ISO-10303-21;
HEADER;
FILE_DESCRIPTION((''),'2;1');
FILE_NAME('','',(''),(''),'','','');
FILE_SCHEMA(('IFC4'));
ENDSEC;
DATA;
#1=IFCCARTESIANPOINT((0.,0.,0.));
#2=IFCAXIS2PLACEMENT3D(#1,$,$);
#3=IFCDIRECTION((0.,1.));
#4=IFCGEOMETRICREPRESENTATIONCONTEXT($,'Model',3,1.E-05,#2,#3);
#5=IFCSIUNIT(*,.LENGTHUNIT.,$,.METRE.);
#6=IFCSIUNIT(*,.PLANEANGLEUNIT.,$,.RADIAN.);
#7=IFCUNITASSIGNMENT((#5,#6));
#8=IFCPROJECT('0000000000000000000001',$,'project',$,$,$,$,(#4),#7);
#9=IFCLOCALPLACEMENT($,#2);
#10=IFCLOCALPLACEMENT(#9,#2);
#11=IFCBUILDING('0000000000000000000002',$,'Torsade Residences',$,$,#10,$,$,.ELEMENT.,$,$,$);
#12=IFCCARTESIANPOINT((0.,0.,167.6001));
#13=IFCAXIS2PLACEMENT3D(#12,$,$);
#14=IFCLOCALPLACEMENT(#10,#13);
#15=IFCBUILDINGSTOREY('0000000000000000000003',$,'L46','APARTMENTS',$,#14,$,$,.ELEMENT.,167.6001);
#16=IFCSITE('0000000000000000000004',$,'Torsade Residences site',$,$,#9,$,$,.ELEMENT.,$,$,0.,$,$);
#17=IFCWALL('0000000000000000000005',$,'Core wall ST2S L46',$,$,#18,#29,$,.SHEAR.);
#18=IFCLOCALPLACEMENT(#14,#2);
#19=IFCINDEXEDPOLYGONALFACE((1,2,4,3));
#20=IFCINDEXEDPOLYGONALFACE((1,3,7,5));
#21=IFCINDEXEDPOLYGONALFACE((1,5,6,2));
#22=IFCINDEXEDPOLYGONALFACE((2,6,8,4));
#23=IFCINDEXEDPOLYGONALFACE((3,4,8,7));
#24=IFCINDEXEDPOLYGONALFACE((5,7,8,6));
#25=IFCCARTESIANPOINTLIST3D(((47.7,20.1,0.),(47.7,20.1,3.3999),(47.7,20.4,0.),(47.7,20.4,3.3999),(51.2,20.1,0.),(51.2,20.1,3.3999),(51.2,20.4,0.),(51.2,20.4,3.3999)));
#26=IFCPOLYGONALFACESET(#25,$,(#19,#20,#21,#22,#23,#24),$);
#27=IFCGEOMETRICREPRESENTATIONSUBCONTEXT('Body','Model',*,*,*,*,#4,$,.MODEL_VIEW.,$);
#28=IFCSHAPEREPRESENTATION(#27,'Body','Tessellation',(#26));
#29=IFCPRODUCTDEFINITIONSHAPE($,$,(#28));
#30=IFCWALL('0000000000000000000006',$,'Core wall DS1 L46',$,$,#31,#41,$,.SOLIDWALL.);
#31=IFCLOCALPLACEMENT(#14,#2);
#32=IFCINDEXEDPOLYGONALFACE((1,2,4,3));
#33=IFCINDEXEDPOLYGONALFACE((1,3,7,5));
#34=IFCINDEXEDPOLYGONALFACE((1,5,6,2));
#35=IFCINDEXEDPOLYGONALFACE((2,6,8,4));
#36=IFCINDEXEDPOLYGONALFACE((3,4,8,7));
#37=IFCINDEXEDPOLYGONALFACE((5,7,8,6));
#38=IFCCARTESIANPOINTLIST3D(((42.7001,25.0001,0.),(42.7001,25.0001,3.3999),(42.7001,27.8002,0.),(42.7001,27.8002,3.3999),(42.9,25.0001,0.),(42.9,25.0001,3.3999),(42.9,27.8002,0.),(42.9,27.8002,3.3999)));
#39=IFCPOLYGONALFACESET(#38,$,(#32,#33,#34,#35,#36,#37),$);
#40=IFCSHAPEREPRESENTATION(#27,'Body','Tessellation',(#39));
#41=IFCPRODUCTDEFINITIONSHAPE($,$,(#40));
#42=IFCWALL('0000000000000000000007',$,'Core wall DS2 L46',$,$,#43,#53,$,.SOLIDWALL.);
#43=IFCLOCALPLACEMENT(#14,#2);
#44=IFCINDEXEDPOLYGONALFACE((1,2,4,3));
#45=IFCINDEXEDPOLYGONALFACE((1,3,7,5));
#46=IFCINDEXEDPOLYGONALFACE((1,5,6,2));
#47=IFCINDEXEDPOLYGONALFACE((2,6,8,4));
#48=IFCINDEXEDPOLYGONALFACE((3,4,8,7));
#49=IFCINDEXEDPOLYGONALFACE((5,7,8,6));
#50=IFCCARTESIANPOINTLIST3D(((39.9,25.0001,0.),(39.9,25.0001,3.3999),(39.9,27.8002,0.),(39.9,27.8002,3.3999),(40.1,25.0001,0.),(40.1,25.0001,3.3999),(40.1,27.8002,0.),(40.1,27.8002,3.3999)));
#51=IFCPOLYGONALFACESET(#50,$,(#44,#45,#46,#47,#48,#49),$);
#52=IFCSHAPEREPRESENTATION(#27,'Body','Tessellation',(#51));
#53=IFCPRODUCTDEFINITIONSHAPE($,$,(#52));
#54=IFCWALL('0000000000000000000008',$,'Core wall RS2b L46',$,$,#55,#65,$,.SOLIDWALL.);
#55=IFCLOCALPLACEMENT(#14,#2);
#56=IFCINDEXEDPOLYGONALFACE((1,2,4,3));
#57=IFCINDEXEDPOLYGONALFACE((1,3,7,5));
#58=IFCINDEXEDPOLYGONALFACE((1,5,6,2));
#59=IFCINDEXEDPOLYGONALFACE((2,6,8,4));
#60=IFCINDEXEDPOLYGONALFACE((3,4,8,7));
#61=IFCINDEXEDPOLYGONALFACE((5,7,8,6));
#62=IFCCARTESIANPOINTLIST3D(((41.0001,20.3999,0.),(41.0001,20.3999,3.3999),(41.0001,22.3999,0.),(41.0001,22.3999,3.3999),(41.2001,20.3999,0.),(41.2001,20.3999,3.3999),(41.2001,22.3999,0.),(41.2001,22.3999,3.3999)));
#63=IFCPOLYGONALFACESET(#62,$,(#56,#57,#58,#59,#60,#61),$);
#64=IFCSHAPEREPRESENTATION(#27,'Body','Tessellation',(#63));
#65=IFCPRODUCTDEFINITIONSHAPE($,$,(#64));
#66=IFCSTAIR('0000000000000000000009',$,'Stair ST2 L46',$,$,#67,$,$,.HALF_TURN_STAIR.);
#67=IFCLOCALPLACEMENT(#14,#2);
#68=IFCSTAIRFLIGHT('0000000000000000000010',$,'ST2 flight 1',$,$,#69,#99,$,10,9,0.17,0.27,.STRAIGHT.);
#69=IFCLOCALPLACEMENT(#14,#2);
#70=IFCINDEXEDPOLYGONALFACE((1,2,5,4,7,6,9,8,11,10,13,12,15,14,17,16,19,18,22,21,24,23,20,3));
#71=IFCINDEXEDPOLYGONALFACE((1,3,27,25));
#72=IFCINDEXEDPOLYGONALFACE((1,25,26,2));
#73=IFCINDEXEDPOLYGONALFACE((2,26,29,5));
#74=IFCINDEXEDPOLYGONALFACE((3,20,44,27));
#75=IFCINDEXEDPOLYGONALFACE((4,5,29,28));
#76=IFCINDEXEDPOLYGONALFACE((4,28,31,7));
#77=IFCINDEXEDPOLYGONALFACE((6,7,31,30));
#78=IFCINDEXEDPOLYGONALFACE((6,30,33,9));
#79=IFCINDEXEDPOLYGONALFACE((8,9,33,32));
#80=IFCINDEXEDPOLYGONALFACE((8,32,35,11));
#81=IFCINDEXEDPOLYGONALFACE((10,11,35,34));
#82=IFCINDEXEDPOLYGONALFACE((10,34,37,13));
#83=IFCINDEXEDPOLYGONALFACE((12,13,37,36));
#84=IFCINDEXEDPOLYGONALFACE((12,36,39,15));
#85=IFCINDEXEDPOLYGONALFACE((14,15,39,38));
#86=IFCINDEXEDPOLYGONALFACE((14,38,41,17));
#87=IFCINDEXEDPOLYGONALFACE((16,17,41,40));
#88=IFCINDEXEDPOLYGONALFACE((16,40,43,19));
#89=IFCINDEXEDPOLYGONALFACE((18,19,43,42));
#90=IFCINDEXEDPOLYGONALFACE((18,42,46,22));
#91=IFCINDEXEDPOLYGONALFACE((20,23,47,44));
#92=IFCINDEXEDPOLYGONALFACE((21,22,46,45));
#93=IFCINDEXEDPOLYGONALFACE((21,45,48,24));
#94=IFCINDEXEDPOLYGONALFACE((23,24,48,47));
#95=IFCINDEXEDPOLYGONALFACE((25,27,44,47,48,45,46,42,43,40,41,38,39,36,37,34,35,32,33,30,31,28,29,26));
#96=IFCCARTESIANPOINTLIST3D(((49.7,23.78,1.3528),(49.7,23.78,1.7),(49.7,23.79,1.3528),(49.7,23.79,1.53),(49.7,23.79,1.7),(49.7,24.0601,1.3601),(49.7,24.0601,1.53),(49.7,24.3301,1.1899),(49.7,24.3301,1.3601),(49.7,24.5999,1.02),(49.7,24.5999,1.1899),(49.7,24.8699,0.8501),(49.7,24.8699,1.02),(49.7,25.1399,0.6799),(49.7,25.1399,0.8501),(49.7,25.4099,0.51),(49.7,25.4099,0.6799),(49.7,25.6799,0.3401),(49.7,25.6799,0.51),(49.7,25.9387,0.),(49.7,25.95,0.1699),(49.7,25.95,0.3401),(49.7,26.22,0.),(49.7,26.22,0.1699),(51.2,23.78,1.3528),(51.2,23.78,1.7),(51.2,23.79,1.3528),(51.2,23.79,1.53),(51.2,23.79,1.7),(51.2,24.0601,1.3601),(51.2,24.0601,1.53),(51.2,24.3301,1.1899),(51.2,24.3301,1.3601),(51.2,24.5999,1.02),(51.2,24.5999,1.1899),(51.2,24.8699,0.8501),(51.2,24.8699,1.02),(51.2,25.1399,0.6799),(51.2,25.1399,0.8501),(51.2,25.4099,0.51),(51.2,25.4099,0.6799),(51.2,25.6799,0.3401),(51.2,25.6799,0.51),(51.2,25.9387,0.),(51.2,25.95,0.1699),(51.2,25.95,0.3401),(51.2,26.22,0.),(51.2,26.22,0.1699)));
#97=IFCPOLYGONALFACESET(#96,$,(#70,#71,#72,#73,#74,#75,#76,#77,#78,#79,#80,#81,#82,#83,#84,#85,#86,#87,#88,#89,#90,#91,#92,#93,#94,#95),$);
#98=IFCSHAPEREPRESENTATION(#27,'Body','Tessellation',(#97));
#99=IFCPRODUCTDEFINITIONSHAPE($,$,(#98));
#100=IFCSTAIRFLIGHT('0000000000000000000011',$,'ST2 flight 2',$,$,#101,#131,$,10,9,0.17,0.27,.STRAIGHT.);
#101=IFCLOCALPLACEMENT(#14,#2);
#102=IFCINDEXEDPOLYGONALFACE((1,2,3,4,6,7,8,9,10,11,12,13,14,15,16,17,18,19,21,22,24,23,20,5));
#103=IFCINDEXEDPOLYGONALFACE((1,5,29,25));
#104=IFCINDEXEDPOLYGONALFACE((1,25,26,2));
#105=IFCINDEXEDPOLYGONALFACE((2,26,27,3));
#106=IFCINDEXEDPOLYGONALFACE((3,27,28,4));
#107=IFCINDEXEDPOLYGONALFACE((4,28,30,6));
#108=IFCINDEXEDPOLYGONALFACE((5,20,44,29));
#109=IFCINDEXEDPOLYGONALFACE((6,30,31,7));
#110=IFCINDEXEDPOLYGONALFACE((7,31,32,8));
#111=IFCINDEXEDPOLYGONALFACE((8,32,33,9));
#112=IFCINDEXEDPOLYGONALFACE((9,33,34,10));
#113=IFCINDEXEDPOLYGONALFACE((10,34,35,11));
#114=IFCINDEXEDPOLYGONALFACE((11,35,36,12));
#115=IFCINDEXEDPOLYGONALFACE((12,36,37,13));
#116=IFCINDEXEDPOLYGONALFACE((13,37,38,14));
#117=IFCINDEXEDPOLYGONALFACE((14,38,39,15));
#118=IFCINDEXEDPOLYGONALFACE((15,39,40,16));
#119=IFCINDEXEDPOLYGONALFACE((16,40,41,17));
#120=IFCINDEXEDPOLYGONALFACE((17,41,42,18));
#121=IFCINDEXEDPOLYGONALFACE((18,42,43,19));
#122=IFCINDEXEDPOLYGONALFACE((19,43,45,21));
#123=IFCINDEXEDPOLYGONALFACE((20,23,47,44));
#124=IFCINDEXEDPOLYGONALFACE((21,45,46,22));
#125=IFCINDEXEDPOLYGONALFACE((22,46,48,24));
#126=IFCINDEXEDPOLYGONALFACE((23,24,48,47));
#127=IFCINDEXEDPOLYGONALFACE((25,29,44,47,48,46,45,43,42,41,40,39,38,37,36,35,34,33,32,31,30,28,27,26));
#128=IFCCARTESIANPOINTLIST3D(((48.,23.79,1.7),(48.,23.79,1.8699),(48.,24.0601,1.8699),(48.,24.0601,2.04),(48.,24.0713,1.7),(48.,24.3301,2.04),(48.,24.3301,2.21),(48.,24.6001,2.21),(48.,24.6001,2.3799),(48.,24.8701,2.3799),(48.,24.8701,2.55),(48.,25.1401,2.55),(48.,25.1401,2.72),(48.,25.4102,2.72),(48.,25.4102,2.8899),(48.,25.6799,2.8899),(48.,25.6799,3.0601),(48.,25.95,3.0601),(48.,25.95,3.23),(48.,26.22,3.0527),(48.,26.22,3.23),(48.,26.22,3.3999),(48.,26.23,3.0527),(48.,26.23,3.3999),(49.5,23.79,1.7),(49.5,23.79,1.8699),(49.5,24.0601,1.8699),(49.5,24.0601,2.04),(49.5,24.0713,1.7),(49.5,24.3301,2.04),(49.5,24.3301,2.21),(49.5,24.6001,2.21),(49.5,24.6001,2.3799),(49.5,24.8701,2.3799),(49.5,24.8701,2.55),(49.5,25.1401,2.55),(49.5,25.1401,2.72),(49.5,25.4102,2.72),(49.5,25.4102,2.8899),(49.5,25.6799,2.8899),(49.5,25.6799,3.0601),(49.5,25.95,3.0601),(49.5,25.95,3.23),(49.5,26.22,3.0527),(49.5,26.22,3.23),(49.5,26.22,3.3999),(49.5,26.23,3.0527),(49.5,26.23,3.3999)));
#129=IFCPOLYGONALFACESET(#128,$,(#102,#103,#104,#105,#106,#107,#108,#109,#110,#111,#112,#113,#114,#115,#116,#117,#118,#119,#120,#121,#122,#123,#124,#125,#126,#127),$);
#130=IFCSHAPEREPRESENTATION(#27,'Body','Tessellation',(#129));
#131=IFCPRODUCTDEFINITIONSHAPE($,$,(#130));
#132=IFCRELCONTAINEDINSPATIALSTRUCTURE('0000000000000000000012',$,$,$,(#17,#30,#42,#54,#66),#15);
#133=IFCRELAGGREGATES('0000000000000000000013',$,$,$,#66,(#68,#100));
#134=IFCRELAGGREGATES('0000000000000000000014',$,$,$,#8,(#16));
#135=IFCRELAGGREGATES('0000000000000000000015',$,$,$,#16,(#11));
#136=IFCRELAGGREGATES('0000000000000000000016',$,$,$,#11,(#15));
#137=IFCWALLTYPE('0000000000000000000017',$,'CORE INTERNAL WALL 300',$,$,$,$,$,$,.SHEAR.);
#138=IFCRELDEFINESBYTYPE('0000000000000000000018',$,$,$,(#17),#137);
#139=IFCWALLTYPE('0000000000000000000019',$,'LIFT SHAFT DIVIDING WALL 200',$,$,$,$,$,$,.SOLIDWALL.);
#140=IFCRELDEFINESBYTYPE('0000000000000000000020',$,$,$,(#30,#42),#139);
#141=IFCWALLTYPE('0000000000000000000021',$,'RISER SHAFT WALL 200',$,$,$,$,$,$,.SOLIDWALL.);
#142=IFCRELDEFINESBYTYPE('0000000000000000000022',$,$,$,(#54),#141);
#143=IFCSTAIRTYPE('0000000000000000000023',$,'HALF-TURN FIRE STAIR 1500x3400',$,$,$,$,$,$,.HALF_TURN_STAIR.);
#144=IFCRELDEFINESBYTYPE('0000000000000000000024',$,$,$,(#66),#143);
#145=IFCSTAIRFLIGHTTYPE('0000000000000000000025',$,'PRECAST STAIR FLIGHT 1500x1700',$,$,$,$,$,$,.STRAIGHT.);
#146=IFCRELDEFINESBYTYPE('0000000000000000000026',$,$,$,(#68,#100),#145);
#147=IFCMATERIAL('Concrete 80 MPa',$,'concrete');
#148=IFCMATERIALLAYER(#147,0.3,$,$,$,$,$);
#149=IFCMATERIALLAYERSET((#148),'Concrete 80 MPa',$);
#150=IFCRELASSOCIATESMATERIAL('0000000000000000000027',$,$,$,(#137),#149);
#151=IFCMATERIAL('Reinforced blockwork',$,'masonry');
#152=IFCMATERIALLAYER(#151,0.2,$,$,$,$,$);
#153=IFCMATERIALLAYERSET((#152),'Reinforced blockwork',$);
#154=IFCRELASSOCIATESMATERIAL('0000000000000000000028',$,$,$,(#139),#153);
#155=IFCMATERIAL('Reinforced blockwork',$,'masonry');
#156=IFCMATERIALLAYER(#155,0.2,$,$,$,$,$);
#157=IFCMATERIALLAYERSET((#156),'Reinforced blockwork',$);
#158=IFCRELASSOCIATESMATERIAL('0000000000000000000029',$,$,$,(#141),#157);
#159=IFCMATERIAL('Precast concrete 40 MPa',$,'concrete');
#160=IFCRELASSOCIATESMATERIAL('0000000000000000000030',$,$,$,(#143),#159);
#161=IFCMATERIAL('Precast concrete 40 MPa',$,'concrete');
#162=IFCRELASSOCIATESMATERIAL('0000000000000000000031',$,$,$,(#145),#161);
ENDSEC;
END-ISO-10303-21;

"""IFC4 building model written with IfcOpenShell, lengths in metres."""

from ifc_helpers import new_model, si_unit, direction, frame, frame_2d, origin, place, context, subcontext, project, spatial, polyline, rectangle, outline, extrude, material, layer, layer_set, type_object, element, aggregate, save


model = new_model("IFC4")

# Units and contexts
model_context = context("Model", 3, precision=1e-05, world=origin(), true_north=direction((0.0, 1.0)))
body_context = subcontext(model_context, "Body", "Model", "MODEL_VIEW")
ifc_project = project(units=[si_unit("LENGTHUNIT", "METRE"), si_unit("PLANEANGLEUNIT", "RADIAN")], contexts=[model_context])

# Site, building, storey
site_placement = place(None, origin())
site = spatial("IfcSite", under=ifc_project, at=site_placement, Name="Torsade Residences site", CompositionType="ELEMENT", RefElevation=0.0)
building_placement = place(site_placement, origin())
building = spatial("IfcBuilding", under=site, at=building_placement, Name="Torsade Residences", CompositionType="ELEMENT")
storey_placement = place(building_placement, frame((0.0, 0.0, 167.6001)))
storey = spatial("IfcBuildingStorey", under=building, at=storey_placement, Name="L46", Description="APARTMENTS", CompositionType="ELEMENT", Elevation=167.6001)

# Shared definitions
ifc_material_1 = material(Name="Concrete 80 MPa", Category="concrete")
ifc_layer_1 = layer(ifc_material_1, 0.3)
ifc_layer_set_1 = layer_set([ifc_layer_1], Name="Concrete 80 MPa")
wall_type_1 = type_object("IfcWallType", Name="CORE INTERNAL WALL 300", PredefinedType="SHEAR", material=ifc_layer_set_1)

# Walls
wall_1_placement = place(storey_placement, frame((51.2, 20.25, 0.0), z_axis=(0.0, 0.0, 1.0), x_axis=(-1.0, 0.0, 0.0)))
element("IfcWall", 1, at=wall_1_placement, inside=storey, type_object=wall_type_1, Name="Core wall ST2S L46", PredefinedType="SHEAR", context=body_context, shape_type="SweptSolid", body=[
    extrude(rectangle(XDim=3.5, YDim=0.3, at=frame_2d((1.75, 0.0))), origin(), (0.0, 0.0, 1.0), 3.3999),
])
ifc_material_2 = material(Name="Reinforced blockwork", Category="masonry")
ifc_layer_2 = layer(ifc_material_2, 0.2)
ifc_layer_set_2 = layer_set([ifc_layer_2], Name="Reinforced blockwork")
wall_type_2 = type_object("IfcWallType", Name="LIFT SHAFT DIVIDING WALL 200", PredefinedType="SOLIDWALL", material=ifc_layer_set_2)
for number, where, z_axis, x_axis, name in (
    (2, (42.8, 27.8, 0.0), (0.0, 0.0, 1.0), (0.0, -1.0, 0.0), "Core wall DS1 L46"),
    (3, (40.0, 27.8, 0.0), (0.0, 0.0, 1.0), (0.0, -1.0, 0.0), "Core wall DS2 L46"),
):
    element("IfcWall", number, at=place(storey_placement, frame(where, z_axis=z_axis, x_axis=x_axis)), inside=storey, type_object=wall_type_2, Name=name, PredefinedType="SOLIDWALL", context=body_context, shape_type="SweptSolid", body=[
        extrude(rectangle(XDim=2.8, YDim=0.2, at=frame_2d((1.3999, 0.0))), origin(), (0.0, 0.0, 1.0), 3.3999),
    ])
ifc_material_3 = material(Name="Reinforced blockwork", Category="masonry")
ifc_layer_3 = layer(ifc_material_3, 0.2)
ifc_layer_set_3 = layer_set([ifc_layer_3], Name="Reinforced blockwork")
wall_type_3 = type_object("IfcWallType", Name="RISER SHAFT WALL 200", PredefinedType="SOLIDWALL", material=ifc_layer_set_3)
wall_2_placement = place(storey_placement, frame((41.1001, 22.3999, 0.0), z_axis=(0.0, 0.0, 1.0), x_axis=(0.0, -1.0, 0.0)))
element("IfcWall", 4, at=wall_2_placement, inside=storey, type_object=wall_type_3, Name="Core wall RS2b L46", PredefinedType="SOLIDWALL", context=body_context, shape_type="SweptSolid", body=[
    extrude(rectangle(XDim=2.0, YDim=0.2, at=frame_2d((1.0, 0.0))), origin(), (0.0, 0.0, 1.0), 3.3999),
])

# Stair, stair flights
ifc_material_4 = material(Name="Precast concrete 40 MPa", Category="concrete")
stair_type = type_object("IfcStairType", Name="HALF-TURN FIRE STAIR 1500x3400", PredefinedType="HALF_TURN_STAIR", material=ifc_material_4)
stair_placement = place(storey_placement, origin())
stair = element("IfcStair", 5, at=stair_placement, inside=storey, type_object=stair_type, Name="Stair ST2 L46", PredefinedType="HALF_TURN_STAIR")
ifc_material_5 = material(Name="Precast concrete 40 MPa", Category="concrete")
stair_flight_type = type_object("IfcStairFlightType", Name="PRECAST STAIR FLIGHT 1500x1700", PredefinedType="STRAIGHT", material=ifc_material_5)
stair_flight_1_placement = place(storey_placement, frame((50.45, 26.22, 0.0), z_axis=(0.0, 0.0, 1.0), x_axis=(0.0, -1.0, 0.0)))
stair_flight_1 = element("IfcStairFlight", 6, at=stair_flight_1_placement, type_object=stair_flight_type, Name="ST2 flight 1", NumberOfRisers=10, NumberOfTreads=9, PredefinedType="STRAIGHT", RiserHeight=0.17, TreadLength=0.27, context=body_context, shape_type="SweptSolid", body=[
    extrude(outline(polyline([(0.0, 0.0), (0.0, 0.1699), (0.27, 0.1699), (0.27, 0.3401), (0.54, 0.3401), (0.54, 0.51), (0.8101, 0.51), (0.8101, 0.6799), (1.0801, 0.6799), (1.0801, 0.8501), (1.3501, 0.8501), (1.3501, 1.02), (1.6201, 1.02), (1.6201, 1.1899), (1.8899, 1.1899), (1.8899, 1.3601), (2.1599, 1.3601), (2.1599, 1.53), (2.4299, 1.53), (2.4299, 1.7), (2.4399, 1.7), (2.4399, 1.3528), (2.4299, 1.3528), (0.2812, 0.0), (0.0, 0.0)])), frame((0.0, 0.75, 0.0), z_axis=(0.0, -1.0, 0.0), x_axis=(1.0, 0.0, 0.0)), (0.0, 0.0, 1.0), 1.5),
])
stair_flight_2_placement = place(storey_placement, frame((48.75, 23.79, 1.7), z_axis=(0.0, 0.0, 1.0), x_axis=(0.0, 1.0, 0.0)))
stair_flight_2 = element("IfcStairFlight", 7, at=stair_flight_2_placement, type_object=stair_flight_type, Name="ST2 flight 2", NumberOfRisers=10, NumberOfTreads=9, PredefinedType="STRAIGHT", RiserHeight=0.17, TreadLength=0.27, context=body_context, shape_type="SweptSolid", body=[
    extrude(outline(polyline([(0.0, 0.0), (0.0, 0.1699), (0.27, 0.1699), (0.27, 0.3401), (0.54, 0.3401), (0.54, 0.51), (0.8101, 0.51), (0.8101, 0.6799), (1.0801, 0.6799), (1.0801, 0.8501), (1.3501, 0.8501), (1.3501, 1.02), (1.6201, 1.02), (1.6201, 1.1899), (1.8899, 1.1899), (1.8899, 1.3601), (2.1599, 1.3601), (2.1599, 1.53), (2.4299, 1.53), (2.4299, 1.7), (2.4399, 1.7), (2.4399, 1.3528), (2.4299, 1.3528), (0.2812, 0.0), (0.0, 0.0)])), frame((0.0, 0.75, 0.0), z_axis=(0.0, -1.0, 0.0), x_axis=(1.0, 0.0, 0.0)), (0.0, 0.0, 1.0), 1.5),
])
aggregate(stair, [stair_flight_1, stair_flight_2])

save(model, "model.ifc")
